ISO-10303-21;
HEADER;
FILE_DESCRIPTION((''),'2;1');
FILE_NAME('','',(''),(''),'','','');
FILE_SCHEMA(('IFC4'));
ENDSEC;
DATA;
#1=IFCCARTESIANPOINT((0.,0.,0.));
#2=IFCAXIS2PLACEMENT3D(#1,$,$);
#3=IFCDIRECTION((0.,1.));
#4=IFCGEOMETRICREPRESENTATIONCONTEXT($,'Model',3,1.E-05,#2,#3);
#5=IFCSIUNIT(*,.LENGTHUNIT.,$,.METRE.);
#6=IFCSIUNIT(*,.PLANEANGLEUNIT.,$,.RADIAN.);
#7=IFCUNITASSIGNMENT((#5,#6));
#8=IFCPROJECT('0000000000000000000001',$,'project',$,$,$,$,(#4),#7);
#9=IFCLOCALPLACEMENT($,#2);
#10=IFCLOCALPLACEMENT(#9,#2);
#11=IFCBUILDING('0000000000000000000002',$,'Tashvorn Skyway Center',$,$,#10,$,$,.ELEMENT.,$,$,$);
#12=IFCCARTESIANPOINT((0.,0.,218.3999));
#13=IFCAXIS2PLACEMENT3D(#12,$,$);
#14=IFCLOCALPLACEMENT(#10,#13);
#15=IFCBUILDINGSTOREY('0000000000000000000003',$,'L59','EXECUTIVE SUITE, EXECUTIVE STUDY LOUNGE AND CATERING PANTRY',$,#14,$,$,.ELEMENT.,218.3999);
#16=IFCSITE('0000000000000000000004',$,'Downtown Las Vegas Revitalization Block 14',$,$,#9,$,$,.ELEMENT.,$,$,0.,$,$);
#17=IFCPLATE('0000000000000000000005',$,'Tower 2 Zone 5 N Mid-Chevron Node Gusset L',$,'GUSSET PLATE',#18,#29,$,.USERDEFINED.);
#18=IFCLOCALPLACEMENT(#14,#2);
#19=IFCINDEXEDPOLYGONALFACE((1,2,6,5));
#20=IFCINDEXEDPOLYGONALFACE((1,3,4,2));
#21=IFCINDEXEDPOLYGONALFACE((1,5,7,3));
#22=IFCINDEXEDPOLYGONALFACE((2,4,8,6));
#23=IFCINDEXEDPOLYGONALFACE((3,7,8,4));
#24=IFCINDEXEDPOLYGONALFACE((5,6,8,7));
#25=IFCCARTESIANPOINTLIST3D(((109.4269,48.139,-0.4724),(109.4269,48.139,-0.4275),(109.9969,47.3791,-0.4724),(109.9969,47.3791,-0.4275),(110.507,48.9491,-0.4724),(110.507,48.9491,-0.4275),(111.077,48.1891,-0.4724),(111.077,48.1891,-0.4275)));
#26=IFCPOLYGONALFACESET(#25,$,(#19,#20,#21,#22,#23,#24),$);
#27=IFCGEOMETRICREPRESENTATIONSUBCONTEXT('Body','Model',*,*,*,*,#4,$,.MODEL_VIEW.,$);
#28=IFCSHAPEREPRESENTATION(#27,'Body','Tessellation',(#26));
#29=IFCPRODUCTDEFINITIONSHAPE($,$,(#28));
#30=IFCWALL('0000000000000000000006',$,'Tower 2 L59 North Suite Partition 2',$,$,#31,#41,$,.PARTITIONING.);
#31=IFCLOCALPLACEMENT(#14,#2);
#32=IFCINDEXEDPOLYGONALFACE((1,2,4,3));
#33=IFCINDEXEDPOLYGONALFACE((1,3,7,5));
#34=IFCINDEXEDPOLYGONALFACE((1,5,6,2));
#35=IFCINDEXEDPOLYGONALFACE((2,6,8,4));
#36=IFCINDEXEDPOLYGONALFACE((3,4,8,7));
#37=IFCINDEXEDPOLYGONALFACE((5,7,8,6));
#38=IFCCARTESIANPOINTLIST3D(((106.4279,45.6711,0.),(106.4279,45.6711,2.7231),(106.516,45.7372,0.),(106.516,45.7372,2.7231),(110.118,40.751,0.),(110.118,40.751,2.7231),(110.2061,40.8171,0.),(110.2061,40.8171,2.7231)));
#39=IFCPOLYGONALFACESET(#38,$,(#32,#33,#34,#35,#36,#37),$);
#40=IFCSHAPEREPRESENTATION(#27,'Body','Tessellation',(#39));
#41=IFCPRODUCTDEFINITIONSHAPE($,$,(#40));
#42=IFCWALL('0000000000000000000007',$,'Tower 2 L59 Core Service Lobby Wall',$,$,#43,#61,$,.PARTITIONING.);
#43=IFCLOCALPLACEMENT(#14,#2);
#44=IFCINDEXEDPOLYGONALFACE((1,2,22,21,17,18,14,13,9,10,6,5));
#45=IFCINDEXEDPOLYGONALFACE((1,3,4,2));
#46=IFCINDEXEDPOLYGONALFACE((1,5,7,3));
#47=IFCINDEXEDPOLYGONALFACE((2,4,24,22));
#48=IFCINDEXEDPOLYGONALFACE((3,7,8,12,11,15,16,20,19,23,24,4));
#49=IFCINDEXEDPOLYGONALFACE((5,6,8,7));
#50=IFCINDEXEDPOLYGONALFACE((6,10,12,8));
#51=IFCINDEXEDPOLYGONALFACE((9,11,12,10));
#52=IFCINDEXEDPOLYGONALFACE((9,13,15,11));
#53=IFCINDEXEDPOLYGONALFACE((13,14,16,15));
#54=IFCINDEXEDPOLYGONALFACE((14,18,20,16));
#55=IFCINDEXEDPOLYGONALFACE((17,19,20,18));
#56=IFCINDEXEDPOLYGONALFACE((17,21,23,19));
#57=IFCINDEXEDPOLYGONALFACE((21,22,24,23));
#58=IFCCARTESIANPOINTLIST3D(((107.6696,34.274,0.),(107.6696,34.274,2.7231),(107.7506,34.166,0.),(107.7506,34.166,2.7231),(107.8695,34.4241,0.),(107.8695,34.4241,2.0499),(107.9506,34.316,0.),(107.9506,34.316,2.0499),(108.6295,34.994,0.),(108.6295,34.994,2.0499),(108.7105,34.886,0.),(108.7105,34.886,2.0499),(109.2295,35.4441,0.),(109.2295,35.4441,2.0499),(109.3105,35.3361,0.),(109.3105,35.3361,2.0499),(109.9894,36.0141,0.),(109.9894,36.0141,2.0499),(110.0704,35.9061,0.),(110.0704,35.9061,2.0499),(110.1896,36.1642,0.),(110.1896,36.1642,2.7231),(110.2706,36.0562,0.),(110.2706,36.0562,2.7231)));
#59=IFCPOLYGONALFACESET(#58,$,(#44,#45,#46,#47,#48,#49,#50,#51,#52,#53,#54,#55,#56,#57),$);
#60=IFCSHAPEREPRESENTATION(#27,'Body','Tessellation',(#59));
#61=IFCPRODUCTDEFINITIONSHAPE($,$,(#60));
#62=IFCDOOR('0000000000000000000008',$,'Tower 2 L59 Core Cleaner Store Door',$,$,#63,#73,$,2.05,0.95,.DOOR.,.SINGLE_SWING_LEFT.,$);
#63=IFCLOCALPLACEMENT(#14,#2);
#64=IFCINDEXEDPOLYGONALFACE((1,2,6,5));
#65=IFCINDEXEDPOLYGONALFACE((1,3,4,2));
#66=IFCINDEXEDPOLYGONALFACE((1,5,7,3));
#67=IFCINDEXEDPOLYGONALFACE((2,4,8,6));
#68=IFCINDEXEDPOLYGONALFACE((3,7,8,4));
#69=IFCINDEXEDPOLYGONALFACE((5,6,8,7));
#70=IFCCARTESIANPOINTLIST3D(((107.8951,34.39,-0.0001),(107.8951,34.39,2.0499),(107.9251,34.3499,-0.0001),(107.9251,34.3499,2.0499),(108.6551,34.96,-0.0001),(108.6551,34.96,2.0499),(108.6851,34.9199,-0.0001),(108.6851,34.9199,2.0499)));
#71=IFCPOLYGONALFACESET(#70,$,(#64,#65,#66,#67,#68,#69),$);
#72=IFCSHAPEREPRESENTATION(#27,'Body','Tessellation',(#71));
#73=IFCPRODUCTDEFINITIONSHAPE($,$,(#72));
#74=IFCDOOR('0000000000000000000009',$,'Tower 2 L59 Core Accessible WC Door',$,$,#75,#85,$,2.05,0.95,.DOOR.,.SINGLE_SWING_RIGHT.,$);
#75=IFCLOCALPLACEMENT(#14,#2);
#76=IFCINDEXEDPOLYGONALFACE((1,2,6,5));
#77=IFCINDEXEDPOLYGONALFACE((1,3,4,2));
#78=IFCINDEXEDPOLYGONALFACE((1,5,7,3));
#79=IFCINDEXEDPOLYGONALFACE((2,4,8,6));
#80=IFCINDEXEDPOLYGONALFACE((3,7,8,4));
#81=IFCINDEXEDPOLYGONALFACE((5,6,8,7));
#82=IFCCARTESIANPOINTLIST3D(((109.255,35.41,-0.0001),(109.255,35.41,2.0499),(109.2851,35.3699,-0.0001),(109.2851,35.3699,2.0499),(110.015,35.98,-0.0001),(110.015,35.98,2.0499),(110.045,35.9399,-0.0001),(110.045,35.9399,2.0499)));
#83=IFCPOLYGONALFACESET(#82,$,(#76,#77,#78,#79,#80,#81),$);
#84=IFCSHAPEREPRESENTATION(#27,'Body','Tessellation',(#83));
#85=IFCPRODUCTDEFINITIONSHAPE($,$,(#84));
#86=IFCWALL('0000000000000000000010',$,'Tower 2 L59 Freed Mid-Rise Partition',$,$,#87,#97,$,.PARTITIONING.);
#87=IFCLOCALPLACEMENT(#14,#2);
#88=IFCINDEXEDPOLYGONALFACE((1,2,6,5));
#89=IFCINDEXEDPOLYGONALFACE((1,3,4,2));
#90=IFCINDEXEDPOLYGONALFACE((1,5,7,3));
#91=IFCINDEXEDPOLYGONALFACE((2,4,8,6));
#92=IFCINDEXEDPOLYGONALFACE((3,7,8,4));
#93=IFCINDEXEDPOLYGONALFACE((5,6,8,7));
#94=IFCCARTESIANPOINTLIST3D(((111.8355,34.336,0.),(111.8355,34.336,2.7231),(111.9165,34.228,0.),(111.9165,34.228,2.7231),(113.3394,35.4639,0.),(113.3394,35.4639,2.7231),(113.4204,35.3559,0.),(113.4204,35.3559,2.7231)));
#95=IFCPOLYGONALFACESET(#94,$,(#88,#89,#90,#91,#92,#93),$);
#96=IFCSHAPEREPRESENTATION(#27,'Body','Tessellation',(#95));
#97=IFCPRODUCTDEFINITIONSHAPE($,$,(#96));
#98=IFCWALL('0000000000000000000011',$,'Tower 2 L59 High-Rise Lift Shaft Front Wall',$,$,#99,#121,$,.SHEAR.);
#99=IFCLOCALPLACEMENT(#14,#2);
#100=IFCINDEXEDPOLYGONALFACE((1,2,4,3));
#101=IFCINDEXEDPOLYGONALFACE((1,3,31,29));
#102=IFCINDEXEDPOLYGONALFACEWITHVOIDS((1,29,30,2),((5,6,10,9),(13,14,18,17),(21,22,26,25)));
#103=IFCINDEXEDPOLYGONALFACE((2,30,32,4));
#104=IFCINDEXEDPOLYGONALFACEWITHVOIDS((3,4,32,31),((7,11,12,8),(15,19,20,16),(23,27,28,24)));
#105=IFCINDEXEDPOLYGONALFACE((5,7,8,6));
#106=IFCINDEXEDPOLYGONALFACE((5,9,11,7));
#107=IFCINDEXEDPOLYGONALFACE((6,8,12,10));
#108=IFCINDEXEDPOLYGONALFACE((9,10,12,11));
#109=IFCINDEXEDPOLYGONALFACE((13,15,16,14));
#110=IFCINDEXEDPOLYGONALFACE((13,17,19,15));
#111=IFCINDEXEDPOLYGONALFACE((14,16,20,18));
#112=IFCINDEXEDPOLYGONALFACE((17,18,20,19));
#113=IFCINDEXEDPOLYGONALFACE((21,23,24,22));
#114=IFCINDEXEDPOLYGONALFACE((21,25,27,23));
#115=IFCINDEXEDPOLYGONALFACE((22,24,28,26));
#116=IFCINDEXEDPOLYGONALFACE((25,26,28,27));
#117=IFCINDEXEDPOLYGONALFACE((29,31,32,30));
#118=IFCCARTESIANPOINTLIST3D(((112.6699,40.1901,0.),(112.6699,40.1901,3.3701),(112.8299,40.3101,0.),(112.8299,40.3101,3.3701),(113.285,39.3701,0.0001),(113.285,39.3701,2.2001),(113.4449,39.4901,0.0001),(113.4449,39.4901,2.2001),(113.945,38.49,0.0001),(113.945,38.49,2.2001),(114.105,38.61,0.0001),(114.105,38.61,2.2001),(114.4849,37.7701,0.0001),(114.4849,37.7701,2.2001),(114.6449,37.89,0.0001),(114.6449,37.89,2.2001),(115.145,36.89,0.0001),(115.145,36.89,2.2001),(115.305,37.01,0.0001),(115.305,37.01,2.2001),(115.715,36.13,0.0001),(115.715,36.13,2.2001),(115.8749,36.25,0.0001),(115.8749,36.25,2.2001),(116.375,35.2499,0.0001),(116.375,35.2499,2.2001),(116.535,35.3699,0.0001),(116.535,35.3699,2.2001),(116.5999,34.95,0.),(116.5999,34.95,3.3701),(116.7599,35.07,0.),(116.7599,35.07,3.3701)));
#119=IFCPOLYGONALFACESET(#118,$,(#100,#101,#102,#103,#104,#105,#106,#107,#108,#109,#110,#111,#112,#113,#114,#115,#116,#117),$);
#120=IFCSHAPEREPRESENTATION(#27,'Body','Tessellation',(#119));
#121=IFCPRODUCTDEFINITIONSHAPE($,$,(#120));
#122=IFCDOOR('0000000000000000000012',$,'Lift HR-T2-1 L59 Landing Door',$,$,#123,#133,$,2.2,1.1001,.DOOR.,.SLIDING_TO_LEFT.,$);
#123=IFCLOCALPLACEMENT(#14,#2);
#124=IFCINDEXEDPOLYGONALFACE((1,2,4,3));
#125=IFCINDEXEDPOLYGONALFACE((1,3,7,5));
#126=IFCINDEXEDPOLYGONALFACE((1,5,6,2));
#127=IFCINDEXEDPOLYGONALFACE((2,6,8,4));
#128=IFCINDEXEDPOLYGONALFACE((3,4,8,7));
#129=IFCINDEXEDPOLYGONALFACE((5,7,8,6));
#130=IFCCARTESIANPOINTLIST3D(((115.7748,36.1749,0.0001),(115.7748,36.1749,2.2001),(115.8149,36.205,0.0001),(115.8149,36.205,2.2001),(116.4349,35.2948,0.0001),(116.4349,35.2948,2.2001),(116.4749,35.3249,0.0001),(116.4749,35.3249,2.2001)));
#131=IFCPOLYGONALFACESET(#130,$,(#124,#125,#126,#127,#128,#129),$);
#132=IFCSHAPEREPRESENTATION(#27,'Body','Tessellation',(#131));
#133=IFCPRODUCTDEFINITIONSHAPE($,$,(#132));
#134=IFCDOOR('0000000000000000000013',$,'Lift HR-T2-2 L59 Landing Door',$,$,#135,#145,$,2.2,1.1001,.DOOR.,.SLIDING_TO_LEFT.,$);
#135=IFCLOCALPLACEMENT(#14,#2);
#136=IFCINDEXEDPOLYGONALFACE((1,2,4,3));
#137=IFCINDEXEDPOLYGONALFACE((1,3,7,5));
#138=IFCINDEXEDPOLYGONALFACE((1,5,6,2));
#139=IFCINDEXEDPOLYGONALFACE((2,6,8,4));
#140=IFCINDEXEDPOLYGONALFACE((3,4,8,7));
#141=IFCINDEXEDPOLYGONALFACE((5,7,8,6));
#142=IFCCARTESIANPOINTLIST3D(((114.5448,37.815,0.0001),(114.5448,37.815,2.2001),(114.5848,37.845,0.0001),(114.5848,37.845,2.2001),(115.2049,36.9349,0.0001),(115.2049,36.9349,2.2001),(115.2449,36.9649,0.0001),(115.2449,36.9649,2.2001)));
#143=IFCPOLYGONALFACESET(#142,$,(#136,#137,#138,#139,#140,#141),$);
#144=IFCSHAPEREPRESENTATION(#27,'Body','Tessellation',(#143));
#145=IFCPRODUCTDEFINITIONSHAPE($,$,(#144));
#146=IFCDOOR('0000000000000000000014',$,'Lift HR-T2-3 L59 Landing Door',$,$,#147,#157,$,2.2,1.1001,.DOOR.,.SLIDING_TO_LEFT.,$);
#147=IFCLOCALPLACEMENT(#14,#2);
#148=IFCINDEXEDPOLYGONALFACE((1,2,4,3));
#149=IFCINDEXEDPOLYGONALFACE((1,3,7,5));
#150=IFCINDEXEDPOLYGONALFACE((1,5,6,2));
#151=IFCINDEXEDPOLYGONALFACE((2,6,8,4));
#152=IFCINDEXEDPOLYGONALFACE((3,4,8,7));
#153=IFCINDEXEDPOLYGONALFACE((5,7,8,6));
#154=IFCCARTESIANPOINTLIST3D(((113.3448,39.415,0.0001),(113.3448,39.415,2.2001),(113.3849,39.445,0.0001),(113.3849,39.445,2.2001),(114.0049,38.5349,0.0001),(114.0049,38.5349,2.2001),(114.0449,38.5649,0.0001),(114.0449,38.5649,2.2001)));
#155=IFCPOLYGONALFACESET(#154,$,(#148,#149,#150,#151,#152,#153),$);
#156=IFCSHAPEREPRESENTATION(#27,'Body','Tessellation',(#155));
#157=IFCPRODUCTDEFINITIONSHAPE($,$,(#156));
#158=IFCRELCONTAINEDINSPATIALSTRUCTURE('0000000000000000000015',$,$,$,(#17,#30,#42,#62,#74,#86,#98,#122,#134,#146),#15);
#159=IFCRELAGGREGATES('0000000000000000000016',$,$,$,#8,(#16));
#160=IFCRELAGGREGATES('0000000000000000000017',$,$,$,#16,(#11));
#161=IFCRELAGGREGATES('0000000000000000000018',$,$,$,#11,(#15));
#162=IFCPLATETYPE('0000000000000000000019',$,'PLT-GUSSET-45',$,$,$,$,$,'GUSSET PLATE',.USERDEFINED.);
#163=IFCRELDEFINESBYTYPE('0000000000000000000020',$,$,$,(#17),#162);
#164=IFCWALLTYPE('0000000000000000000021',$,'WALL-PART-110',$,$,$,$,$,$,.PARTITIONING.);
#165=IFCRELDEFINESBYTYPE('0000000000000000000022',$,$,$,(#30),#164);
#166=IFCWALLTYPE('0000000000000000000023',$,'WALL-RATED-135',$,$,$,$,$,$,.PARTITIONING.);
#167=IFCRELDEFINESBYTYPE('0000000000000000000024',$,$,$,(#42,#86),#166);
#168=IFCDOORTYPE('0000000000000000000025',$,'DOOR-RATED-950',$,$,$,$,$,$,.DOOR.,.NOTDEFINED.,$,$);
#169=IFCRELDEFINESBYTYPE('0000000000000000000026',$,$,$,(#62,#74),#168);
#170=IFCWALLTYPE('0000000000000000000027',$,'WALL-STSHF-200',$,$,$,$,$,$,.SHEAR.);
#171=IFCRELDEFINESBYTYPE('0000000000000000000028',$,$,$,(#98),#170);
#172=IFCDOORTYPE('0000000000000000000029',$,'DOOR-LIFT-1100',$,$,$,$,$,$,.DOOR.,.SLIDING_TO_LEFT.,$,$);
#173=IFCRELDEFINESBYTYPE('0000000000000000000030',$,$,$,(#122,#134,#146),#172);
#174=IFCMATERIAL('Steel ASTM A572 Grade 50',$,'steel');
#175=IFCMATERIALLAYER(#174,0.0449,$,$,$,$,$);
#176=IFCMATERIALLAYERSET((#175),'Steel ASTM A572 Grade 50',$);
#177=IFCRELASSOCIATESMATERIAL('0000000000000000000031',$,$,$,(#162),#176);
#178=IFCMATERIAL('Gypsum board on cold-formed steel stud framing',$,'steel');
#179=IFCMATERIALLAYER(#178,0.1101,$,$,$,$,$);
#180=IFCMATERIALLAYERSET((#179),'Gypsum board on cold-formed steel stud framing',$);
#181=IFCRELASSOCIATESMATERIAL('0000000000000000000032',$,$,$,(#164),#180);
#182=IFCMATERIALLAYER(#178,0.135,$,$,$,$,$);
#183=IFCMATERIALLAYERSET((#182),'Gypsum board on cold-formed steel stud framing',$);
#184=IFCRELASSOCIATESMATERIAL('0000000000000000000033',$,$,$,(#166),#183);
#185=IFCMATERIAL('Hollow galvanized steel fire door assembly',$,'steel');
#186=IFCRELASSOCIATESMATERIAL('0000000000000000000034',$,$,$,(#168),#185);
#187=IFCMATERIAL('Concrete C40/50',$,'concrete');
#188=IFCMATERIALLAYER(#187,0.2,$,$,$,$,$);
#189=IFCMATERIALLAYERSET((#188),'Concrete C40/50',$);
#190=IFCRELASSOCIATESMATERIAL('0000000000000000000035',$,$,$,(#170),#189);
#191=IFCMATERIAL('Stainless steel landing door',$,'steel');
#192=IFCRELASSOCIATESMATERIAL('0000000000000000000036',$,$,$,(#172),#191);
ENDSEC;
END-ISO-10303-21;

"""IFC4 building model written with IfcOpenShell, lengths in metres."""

from ifc_helpers import new_model, si_unit, direction, frame, frame_2d, origin, origin_2d, place, context, subcontext, project, spatial, rectangle, extrude, material, layer, layer_set, type_object, element, fill, save


model = new_model("IFC4")

# Units and contexts
model_context = context("Model", 3, precision=1e-05, world=origin(), true_north=direction((0.0, 1.0)))
body_context = subcontext(model_context, "Body", "Model", "MODEL_VIEW")
ifc_project = project(units=[si_unit("LENGTHUNIT", "METRE"), si_unit("PLANEANGLEUNIT", "RADIAN")], contexts=[model_context])

# Site, building, storey
site_placement = place(None, origin())
site = spatial("IfcSite", under=ifc_project, at=site_placement, Name="Downtown Las Vegas Revitalization Block 14", CompositionType="ELEMENT", RefElevation=0.0)
building_placement = place(site_placement, origin())
building = spatial("IfcBuilding", under=site, at=building_placement, Name="Tashvorn Skyway Center", CompositionType="ELEMENT")
storey_placement = place(building_placement, frame((0.0, 0.0, 218.3999)))
storey = spatial("IfcBuildingStorey", under=building, at=storey_placement, Name="L59", Description="EXECUTIVE SUITE, EXECUTIVE STUDY LOUNGE AND CATERING PANTRY", CompositionType="ELEMENT", Elevation=218.3999)

# Shared definitions
ifc_material_1 = material(Name="Steel ASTM A572 Grade 50", Category="steel")

# Plate
ifc_layer_1 = layer(ifc_material_1, 0.0449)
ifc_layer_set_1 = layer_set([ifc_layer_1], Name="Steel ASTM A572 Grade 50")
plate_type = type_object("IfcPlateType", Name="PLT-GUSSET-45", ElementType="GUSSET PLATE", PredefinedType="USERDEFINED", material=ifc_layer_set_1)
plate_placement = place(storey_placement, frame((110.252, 48.1641, -0.4724), z_axis=(0.0, 0.0, 1.0), x_axis=(-0.8, -0.6, 0.0)))
element("IfcPlate", 1, at=plate_placement, inside=storey, type_object=plate_type, Name="Tower 2 Zone 5 N Mid-Chevron Node Gusset L", ObjectType="GUSSET PLATE", PredefinedType="USERDEFINED", context=body_context, shape_type="SweptSolid", body=[
    extrude(rectangle(XDim=1.3501, YDim=0.95, at=origin_2d()), origin(), (0.0, 0.0, 1.0), 0.0449),
])

# Wall
ifc_material_2 = material(Name="Gypsum board on cold-formed steel stud framing", Category="steel")
ifc_layer_2 = layer(ifc_material_2, 0.1101)
ifc_layer_set_2 = layer_set([ifc_layer_2], Name="Gypsum board on cold-formed steel stud framing")
wall_type_1 = type_object("IfcWallType", Name="WALL-PART-110", PredefinedType="PARTITIONING", material=ifc_layer_set_2)
wall_1_placement = place(storey_placement, frame((110.1621, 40.7839, 0.0), z_axis=(0.0, 0.0, 1.0), x_axis=(-0.600006, 0.799995, 0.0)))
element("IfcWall", 2, at=wall_1_placement, inside=storey, type_object=wall_type_1, Name="Tower 2 L59 North Suite Partition 2", PredefinedType="PARTITIONING", context=body_context, shape_type="SweptSolid", body=[
    extrude(rectangle(XDim=6.1501, YDim=0.1101, at=frame_2d((3.0752, 0.0))), origin(), (0.0, 0.0, 1.0), 2.7231),
])

# Wall, openings, doors
ifc_layer_3 = layer(ifc_material_2, 0.135)
ifc_layer_set_3 = layer_set([ifc_layer_3], Name="Gypsum board on cold-formed steel stud framing")
wall_type_2 = type_object("IfcWallType", Name="WALL-RATED-135", PredefinedType="PARTITIONING", material=ifc_layer_set_3)
wall_2_placement = place(storey_placement, frame((107.71, 34.22, 0.0), z_axis=(0.0, 0.0, 1.0), x_axis=(0.799981, 0.600025, 0.0)))
wall_2 = element("IfcWall", 3, at=wall_2_placement, inside=storey, type_object=wall_type_2, Name="Tower 2 L59 Core Service Lobby Wall", PredefinedType="PARTITIONING", context=body_context, shape_type="SweptSolid", body=[
    extrude(rectangle(XDim=3.1501, YDim=0.135, at=frame_2d((1.5752, 0.0))), origin(), (0.0, 0.0, 1.0), 2.7231),
])
opening_1_placement = place(wall_2_placement, frame((0.25, 0.0, 0.0)))
opening_1 = element("IfcOpeningElement", 4, at=opening_1_placement, cuts=wall_2, PredefinedType="OPENING", context=body_context, shape_type="SweptSolid", body=[
    extrude(rectangle(XDim=0.95, YDim=2.05, at=frame_2d((0.4751, 1.0249))), frame((0.0, 0.0774, 0.0), z_axis=(0.0, -1.0, 0.0), x_axis=(1.0, 0.0, 0.0)), (0.0, 0.0, 1.0), 0.155),
])
opening_2_placement = place(wall_2_placement, frame((1.95, 0.0, 0.0)))
opening_2 = element("IfcOpeningElement", 5, at=opening_2_placement, cuts=wall_2, PredefinedType="OPENING", context=body_context, shape_type="SweptSolid", body=[
    extrude(rectangle(XDim=0.95, YDim=2.05, at=frame_2d((0.4751, 1.0249))), frame((0.0, 0.0774, 0.0), z_axis=(0.0, -1.0, 0.0), x_axis=(1.0, 0.0, 0.0)), (0.0, 0.0, 1.0), 0.155),
])
ifc_material_3 = material(Name="Hollow galvanized steel fire door assembly", Category="steel")
door_type_1 = type_object("IfcDoorType", Name="DOOR-RATED-950", OperationType="NOTDEFINED", PredefinedType="DOOR", material=ifc_material_3)
door_1_placement = place(opening_1_placement, origin())
door_1 = element("IfcDoor", 6, at=door_1_placement, inside=storey, type_object=door_type_1, Name="Tower 2 L59 Core Cleaner Store Door", OperationType="SINGLE_SWING_LEFT", OverallHeight=2.05, OverallWidth=0.95, PredefinedType="DOOR", context=body_context, shape_type="SweptSolid", body=[
    extrude(rectangle(XDim=0.95, YDim=2.05, at=frame_2d((0.4751, 1.0249))), frame((0.0, 0.0249, 0.0), z_axis=(0.0, -1.0, 0.0), x_axis=(1.0, 0.0, 0.0)), (0.0, 0.0, 1.0), 0.05),
])
fill(opening_1, door_1)
door_2_placement = place(opening_2_placement, origin())
door_2 = element("IfcDoor", 7, at=door_2_placement, inside=storey, type_object=door_type_1, Name="Tower 2 L59 Core Accessible WC Door", OperationType="SINGLE_SWING_RIGHT", OverallHeight=2.05, OverallWidth=0.95, PredefinedType="DOOR", context=body_context, shape_type="SweptSolid", body=[
    extrude(rectangle(XDim=0.95, YDim=2.05, at=frame_2d((0.4751, 1.0249))), frame((0.0, 0.0249, 0.0), z_axis=(0.0, -1.0, 0.0), x_axis=(1.0, 0.0, 0.0)), (0.0, 0.0, 1.0), 0.05),
])
fill(opening_2, door_2)

# Wall
wall_3_placement = place(storey_placement, frame((111.876, 34.282, 0.0), z_axis=(0.0, 0.0, 1.0), x_axis=(0.8, 0.6, 0.0)))
element("IfcWall", 8, at=wall_3_placement, inside=storey, type_object=wall_type_2, Name="Tower 2 L59 Freed Mid-Rise Partition", PredefinedType="PARTITIONING", context=body_context, shape_type="SweptSolid", body=[
    extrude(rectangle(XDim=1.8799, YDim=0.135, at=frame_2d((0.9399, 0.0))), origin(), (0.0, 0.0, 1.0), 2.7231),
])

# Wall, openings, doors
ifc_material_4 = material(Name="Concrete C40/50", Category="concrete")
ifc_layer_4 = layer(ifc_material_4, 0.2)
ifc_layer_set_4 = layer_set([ifc_layer_4], Name="Concrete C40/50")
wall_type_3 = type_object("IfcWallType", Name="WALL-STSHF-200", PredefinedType="SHEAR", material=ifc_layer_set_4)
wall_4_placement = place(storey_placement, frame((112.75, 40.25, 0.0), z_axis=(0.0, 0.0, 1.0), x_axis=(0.599994, -0.800004, 0.0)))
wall_4 = element("IfcWall", 9, at=wall_4_placement, inside=storey, type_object=wall_type_3, Name="Tower 2 L59 High-Rise Lift Shaft Front Wall", PredefinedType="SHEAR", context=body_context, shape_type="SweptSolid", body=[
    extrude(rectangle(XDim=6.55, YDim=0.2, at=frame_2d((3.2749, 0.0))), origin(), (0.0, 0.0, 1.0), 3.3701),
])
opening_3_placement = place(wall_4_placement, frame((5.075, 0.0, 0.0)))
opening_3 = element("IfcOpeningElement", 10, at=opening_3_placement, cuts=wall_4, PredefinedType="OPENING", context=body_context, shape_type="SweptSolid", body=[
    extrude(rectangle(XDim=1.1001, YDim=2.2, at=frame_2d((0.55, 1.1001))), frame((0.0, 0.1099, 0.0), z_axis=(0.0, -1.0, 0.0), x_axis=(1.0, 0.0, 0.0)), (0.0, 0.0, 1.0), 0.22),
])
opening_4_placement = place(wall_4_placement, frame((3.0249, 0.0, 0.0)))
opening_4 = element("IfcOpeningElement", 11, at=opening_4_placement, cuts=wall_4, PredefinedType="OPENING", context=body_context, shape_type="SweptSolid", body=[
    extrude(rectangle(XDim=1.1001, YDim=2.2, at=frame_2d((0.55, 1.1001))), frame((0.0, 0.1099, 0.0), z_axis=(0.0, -1.0, 0.0), x_axis=(1.0, 0.0, 0.0)), (0.0, 0.0, 1.0), 0.22),
])
opening_5_placement = place(wall_4_placement, frame((1.0249, 0.0, 0.0)))
opening_5 = element("IfcOpeningElement", 12, at=opening_5_placement, cuts=wall_4, PredefinedType="OPENING", context=body_context, shape_type="SweptSolid", body=[
    extrude(rectangle(XDim=1.1001, YDim=2.2, at=frame_2d((0.55, 1.1001))), frame((0.0, 0.1099, 0.0), z_axis=(0.0, -1.0, 0.0), x_axis=(1.0, 0.0, 0.0)), (0.0, 0.0, 1.0), 0.22),
])
ifc_material_5 = material(Name="Stainless steel landing door", Category="steel")
door_type_2 = type_object("IfcDoorType", Name="DOOR-LIFT-1100", OperationType="SLIDING_TO_LEFT", PredefinedType="DOOR", material=ifc_material_5)
door_3_placement = place(opening_3_placement, origin())
door_3 = element("IfcDoor", 13, at=door_3_placement, inside=storey, type_object=door_type_2, Name="Lift HR-T2-1 L59 Landing Door", OperationType="SLIDING_TO_LEFT", OverallHeight=2.2, OverallWidth=1.1001, PredefinedType="DOOR", context=body_context, shape_type="SweptSolid", body=[
    extrude(rectangle(XDim=1.1001, YDim=2.2, at=frame_2d((0.55, 1.1001))), frame((0.0, 0.0249, 0.0), z_axis=(0.0, -1.0, 0.0), x_axis=(1.0, 0.0, 0.0)), (0.0, 0.0, 1.0), 0.05),
])
fill(opening_3, door_3)
door_4_placement = place(opening_4_placement, origin())
door_4 = element("IfcDoor", 14, at=door_4_placement, inside=storey, type_object=door_type_2, Name="Lift HR-T2-2 L59 Landing Door", OperationType="SLIDING_TO_LEFT", OverallHeight=2.2, OverallWidth=1.1001, PredefinedType="DOOR", context=body_context, shape_type="SweptSolid", body=[
    extrude(rectangle(XDim=1.1001, YDim=2.2, at=frame_2d((0.55, 1.1001))), frame((0.0, 0.0249, 0.0), z_axis=(0.0, -1.0, 0.0), x_axis=(1.0, 0.0, 0.0)), (0.0, 0.0, 1.0), 0.05),
])
fill(opening_4, door_4)
door_5_placement = place(opening_5_placement, origin())
door_5 = element("IfcDoor", 15, at=door_5_placement, inside=storey, type_object=door_type_2, Name="Lift HR-T2-3 L59 Landing Door", OperationType="SLIDING_TO_LEFT", OverallHeight=2.2, OverallWidth=1.1001, PredefinedType="DOOR", context=body_context, shape_type="SweptSolid", body=[
    extrude(rectangle(XDim=1.1001, YDim=2.2, at=frame_2d((0.55, 1.1001))), frame((0.0, 0.0249, 0.0), z_axis=(0.0, -1.0, 0.0), x_axis=(1.0, 0.0, 0.0)), (0.0, 0.0, 1.0), 0.05),
])
fill(opening_5, door_5)

save(model, "model.ifc")
